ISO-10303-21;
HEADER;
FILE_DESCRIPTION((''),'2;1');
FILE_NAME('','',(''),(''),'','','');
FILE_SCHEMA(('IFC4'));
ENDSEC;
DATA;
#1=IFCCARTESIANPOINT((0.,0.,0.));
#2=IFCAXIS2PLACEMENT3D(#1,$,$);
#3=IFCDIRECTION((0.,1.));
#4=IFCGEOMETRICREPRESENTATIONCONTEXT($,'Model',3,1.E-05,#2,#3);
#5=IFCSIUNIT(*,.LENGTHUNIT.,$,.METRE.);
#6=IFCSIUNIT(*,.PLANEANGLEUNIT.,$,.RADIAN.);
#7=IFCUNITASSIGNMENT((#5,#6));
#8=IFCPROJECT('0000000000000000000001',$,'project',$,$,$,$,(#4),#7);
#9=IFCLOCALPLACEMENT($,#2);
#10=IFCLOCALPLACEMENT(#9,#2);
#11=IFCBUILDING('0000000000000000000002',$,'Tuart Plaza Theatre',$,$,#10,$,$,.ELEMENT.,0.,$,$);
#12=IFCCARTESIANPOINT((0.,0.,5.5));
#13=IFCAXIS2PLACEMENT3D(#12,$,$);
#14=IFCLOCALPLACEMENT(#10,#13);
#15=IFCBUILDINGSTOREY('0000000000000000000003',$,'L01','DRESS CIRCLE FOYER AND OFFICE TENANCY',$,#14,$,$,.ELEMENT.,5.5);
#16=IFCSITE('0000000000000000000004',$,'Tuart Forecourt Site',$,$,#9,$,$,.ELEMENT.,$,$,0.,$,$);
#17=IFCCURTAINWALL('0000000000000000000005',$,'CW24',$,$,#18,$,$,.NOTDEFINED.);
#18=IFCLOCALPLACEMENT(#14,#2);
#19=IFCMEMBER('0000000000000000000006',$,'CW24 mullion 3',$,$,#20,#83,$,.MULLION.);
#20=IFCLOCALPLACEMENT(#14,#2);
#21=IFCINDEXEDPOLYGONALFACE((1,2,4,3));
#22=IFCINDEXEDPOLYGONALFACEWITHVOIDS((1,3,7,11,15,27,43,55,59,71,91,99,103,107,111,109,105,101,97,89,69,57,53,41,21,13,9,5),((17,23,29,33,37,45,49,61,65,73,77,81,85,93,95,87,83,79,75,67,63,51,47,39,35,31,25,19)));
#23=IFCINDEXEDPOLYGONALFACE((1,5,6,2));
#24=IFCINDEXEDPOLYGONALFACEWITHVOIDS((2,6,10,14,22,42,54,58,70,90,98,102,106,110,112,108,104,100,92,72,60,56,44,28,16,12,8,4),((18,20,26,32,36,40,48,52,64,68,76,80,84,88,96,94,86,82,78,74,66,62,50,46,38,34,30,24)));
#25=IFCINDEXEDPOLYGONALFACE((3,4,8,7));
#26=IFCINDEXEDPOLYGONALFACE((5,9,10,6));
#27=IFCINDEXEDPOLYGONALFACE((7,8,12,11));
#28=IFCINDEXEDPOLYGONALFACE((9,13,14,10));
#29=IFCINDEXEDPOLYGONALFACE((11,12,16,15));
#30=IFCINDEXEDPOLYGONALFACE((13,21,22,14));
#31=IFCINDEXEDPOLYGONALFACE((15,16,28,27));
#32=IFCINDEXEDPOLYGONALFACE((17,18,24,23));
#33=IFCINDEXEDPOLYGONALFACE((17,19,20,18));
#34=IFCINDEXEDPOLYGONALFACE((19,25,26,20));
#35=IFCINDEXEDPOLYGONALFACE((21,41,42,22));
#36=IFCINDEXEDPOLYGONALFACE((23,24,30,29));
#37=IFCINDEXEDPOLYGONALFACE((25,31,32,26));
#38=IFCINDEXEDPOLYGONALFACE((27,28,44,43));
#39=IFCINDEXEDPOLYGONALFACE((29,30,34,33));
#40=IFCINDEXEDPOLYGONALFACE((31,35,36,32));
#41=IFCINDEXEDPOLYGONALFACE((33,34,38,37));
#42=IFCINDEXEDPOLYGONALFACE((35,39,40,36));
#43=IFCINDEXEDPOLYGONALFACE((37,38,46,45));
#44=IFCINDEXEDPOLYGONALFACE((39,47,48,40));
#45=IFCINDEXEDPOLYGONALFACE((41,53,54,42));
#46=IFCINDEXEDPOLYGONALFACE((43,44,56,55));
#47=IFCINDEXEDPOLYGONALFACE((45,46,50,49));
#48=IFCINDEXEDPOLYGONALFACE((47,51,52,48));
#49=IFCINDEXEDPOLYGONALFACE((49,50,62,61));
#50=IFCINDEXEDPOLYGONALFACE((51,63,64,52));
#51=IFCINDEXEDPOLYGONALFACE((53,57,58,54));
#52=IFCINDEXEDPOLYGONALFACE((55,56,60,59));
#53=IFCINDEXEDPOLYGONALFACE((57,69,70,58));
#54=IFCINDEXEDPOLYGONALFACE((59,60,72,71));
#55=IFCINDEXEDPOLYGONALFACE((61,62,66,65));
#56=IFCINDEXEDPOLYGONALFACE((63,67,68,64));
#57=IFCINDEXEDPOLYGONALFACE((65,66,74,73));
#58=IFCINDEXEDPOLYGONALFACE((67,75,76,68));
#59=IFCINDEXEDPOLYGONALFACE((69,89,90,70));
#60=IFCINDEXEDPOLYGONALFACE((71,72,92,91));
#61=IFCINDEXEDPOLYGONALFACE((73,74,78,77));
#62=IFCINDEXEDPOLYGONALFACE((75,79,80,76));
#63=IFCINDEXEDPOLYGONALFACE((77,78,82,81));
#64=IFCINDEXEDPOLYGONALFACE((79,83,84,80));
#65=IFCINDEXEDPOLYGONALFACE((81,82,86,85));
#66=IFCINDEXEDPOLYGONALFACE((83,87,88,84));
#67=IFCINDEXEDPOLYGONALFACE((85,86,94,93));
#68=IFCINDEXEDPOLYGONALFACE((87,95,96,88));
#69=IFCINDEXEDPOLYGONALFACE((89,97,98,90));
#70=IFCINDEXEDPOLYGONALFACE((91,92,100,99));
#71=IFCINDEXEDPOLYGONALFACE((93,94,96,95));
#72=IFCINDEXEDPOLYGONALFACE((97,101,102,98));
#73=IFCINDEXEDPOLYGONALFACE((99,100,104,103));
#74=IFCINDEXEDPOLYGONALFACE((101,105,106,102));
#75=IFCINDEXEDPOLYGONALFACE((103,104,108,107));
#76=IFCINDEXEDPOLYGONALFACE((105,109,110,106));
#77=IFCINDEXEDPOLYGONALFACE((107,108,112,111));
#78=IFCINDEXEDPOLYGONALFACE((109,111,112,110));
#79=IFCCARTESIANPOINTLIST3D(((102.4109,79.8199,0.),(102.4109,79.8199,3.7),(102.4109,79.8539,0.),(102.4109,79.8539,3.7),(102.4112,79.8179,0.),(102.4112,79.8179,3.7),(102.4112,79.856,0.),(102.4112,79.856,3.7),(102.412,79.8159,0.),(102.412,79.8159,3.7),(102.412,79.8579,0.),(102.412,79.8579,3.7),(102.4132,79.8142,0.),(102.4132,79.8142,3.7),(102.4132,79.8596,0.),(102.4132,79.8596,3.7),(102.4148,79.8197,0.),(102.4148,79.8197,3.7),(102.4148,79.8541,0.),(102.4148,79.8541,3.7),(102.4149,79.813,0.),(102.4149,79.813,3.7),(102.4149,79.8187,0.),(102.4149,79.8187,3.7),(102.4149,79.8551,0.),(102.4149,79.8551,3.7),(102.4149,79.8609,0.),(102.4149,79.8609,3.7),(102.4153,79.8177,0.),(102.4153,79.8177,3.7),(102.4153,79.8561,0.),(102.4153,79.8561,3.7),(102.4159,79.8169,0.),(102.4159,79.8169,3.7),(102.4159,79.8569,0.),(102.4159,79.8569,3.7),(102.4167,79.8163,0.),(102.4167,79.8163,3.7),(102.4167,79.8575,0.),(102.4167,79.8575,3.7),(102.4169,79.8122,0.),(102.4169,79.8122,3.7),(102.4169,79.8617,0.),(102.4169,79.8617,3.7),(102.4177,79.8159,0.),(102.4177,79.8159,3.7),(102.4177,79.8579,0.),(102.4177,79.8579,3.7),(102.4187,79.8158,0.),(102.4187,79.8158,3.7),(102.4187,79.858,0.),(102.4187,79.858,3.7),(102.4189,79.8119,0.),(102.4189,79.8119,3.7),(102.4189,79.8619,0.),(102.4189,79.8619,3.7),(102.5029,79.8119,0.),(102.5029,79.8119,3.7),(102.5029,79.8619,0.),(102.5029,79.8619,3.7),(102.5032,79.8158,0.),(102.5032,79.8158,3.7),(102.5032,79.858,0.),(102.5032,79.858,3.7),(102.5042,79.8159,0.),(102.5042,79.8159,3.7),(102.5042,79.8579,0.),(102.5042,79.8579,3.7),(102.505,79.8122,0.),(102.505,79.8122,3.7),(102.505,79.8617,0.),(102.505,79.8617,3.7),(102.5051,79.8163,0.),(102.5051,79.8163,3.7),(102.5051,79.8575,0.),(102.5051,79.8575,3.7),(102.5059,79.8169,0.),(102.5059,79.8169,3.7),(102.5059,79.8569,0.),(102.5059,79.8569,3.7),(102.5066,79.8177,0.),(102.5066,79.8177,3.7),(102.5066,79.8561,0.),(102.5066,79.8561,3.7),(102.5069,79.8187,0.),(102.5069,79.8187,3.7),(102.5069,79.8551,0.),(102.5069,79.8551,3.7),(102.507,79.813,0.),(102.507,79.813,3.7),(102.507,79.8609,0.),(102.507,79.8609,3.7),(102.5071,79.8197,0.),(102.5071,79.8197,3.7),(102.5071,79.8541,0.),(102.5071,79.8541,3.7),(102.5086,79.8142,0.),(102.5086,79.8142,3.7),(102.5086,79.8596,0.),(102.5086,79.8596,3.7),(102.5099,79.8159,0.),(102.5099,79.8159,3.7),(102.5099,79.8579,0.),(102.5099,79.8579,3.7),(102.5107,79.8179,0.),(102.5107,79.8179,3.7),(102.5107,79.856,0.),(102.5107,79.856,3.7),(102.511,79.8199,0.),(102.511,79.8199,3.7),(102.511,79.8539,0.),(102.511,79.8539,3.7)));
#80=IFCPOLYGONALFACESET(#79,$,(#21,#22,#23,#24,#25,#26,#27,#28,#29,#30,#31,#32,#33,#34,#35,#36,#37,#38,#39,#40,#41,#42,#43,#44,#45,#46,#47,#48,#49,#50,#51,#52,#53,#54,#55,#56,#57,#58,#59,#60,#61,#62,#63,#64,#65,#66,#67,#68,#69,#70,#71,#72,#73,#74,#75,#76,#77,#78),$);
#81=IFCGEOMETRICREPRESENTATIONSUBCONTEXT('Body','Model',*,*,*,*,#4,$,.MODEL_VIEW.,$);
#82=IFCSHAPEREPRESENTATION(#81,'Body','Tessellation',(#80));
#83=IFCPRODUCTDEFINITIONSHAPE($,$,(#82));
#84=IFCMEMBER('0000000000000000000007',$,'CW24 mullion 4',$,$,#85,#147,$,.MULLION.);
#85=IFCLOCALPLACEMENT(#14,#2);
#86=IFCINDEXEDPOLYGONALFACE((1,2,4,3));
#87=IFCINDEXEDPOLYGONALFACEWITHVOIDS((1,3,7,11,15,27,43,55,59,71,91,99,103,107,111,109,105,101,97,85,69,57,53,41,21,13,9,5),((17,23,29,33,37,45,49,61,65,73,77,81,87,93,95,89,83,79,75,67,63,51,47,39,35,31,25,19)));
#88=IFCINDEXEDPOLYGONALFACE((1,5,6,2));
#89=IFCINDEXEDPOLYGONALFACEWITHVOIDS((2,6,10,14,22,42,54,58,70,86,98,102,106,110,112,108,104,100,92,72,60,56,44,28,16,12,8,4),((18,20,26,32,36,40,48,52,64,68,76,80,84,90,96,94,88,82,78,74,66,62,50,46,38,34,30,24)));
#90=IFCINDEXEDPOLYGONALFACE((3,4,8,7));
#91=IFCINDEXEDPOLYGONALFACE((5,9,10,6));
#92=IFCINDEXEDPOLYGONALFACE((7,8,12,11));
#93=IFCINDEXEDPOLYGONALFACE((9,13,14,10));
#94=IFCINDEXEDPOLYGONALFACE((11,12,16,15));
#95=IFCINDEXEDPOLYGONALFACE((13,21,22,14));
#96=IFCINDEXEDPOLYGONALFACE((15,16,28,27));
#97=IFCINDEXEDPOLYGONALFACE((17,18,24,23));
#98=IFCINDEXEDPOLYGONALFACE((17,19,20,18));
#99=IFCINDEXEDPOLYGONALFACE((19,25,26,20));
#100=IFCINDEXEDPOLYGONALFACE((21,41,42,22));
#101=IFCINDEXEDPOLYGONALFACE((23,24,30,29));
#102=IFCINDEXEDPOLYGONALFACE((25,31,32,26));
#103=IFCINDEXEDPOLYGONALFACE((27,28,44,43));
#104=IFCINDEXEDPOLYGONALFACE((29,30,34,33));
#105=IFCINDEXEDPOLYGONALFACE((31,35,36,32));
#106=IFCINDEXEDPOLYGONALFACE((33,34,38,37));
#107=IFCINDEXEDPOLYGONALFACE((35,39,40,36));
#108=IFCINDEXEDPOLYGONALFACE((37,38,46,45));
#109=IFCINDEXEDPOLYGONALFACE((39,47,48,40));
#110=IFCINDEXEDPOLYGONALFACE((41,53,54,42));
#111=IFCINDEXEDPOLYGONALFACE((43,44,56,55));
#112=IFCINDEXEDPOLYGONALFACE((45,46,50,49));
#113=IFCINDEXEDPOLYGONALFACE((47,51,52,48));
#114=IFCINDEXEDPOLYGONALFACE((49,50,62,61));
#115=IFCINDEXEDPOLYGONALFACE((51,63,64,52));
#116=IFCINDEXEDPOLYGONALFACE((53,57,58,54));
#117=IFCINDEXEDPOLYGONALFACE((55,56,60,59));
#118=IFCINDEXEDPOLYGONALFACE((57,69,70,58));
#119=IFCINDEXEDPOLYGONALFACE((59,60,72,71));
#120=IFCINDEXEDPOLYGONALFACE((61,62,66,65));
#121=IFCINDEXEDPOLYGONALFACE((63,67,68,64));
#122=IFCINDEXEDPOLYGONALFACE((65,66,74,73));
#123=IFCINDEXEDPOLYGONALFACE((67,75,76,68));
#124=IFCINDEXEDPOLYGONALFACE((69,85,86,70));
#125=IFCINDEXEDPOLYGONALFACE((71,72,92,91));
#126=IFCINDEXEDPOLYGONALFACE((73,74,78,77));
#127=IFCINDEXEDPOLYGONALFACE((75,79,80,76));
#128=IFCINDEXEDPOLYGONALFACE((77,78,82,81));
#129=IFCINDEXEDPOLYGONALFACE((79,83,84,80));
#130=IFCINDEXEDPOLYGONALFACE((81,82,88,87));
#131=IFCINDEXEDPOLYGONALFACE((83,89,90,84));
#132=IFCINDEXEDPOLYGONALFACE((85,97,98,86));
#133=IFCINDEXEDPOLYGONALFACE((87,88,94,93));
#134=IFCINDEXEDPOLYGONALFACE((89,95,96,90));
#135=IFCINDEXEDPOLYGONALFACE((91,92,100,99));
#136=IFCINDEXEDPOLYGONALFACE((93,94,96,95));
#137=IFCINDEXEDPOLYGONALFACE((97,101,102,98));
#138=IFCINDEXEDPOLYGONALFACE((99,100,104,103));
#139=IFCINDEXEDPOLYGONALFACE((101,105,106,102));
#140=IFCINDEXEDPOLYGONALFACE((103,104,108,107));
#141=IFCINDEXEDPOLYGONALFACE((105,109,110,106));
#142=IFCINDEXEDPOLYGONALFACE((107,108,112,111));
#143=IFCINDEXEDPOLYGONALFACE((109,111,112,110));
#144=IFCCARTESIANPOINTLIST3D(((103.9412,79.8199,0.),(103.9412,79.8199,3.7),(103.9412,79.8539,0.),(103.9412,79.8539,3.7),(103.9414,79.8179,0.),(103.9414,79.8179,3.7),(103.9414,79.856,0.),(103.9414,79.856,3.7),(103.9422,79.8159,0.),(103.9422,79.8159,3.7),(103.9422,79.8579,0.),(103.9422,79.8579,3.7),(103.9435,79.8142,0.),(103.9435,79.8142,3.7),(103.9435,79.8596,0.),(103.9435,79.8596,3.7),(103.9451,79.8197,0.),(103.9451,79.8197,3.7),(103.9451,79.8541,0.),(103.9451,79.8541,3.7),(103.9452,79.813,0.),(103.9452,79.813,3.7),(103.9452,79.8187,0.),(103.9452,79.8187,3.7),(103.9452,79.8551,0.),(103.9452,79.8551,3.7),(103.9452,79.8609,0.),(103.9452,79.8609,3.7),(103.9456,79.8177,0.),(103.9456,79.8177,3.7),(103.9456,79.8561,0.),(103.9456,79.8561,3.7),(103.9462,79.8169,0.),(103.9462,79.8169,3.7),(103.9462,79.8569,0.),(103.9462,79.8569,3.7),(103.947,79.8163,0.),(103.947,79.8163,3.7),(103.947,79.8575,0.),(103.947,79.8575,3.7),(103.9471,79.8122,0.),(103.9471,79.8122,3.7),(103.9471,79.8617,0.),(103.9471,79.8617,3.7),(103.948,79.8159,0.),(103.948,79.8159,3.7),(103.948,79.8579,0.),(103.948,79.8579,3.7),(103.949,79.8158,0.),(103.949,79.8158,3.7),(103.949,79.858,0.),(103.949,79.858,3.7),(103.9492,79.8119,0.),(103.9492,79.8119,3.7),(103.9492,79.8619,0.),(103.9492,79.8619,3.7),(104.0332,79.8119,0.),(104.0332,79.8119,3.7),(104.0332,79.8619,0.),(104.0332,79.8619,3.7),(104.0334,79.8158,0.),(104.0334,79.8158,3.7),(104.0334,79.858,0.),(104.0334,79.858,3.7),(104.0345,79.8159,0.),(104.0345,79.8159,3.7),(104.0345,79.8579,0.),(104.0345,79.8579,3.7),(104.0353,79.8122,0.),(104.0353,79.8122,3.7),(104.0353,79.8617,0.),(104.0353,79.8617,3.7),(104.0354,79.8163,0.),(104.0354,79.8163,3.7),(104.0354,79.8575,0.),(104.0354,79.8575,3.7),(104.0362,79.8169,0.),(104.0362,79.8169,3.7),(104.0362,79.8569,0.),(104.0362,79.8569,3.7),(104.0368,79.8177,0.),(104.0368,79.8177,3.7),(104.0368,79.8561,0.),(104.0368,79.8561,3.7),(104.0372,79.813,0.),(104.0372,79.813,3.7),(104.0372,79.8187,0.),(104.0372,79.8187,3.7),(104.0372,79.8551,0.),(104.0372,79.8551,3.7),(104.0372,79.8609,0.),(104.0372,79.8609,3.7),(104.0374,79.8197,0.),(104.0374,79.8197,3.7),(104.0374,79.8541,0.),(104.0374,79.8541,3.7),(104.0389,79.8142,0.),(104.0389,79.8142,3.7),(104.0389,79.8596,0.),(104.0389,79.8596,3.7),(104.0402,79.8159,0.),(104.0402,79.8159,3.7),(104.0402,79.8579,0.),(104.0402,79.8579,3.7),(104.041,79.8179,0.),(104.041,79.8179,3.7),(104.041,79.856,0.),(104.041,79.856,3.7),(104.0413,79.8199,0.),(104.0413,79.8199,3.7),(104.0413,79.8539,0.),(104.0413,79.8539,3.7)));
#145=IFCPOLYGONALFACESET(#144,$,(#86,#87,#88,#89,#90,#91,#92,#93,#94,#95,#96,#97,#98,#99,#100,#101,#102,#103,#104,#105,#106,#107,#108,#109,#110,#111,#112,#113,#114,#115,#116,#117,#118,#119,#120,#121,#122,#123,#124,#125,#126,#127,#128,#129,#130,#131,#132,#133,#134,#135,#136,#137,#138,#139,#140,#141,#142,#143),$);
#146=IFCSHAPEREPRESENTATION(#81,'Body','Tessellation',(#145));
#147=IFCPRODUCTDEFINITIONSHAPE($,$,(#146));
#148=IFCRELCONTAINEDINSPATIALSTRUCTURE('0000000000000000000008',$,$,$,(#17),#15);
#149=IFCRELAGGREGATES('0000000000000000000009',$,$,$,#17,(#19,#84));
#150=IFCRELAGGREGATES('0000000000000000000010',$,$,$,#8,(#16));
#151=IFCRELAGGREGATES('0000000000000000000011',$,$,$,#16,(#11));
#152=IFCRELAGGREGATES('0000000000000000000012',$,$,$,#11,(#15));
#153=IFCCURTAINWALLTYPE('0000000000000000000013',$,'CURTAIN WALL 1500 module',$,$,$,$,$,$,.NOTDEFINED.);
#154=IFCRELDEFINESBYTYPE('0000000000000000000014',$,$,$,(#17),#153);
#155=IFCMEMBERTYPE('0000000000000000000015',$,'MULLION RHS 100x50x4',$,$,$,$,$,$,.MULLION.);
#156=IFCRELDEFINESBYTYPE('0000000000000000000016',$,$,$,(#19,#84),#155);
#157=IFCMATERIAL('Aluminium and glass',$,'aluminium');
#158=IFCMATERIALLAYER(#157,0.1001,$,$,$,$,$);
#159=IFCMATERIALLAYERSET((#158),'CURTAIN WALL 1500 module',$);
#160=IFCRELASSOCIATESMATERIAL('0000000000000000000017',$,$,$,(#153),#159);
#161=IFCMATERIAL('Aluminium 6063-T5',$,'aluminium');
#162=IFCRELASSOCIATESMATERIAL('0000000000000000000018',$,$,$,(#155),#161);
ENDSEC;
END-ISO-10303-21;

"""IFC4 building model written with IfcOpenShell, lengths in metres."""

from ifc_helpers import new_model, si_unit, direction, frame, origin, origin_2d, place, context, subcontext, project, spatial, hollow_rectangle, extrude, material, layer, layer_set, material_profile, profile_set, type_object, element, aggregate, save


model = new_model("IFC4")

# Units and contexts
model_context = context("Model", 3, precision=1e-05, world=origin(), true_north=direction((0.0, 1.0)))
body_context = subcontext(model_context, "Body", "Model", "MODEL_VIEW")
ifc_project = project(units=[si_unit("LENGTHUNIT", "METRE"), si_unit("PLANEANGLEUNIT", "RADIAN")], contexts=[model_context])

# Site, building, storey
site_placement = place(None, origin())
site = spatial("IfcSite", under=ifc_project, at=site_placement, Name="Tuart Forecourt Site", CompositionType="ELEMENT", RefElevation=0.0)
building_placement = place(site_placement, origin())
building = spatial("IfcBuilding", under=site, at=building_placement, Name="Tuart Plaza Theatre", CompositionType="ELEMENT", ElevationOfRefHeight=0.0)
storey_placement = place(building_placement, frame((0.0, 0.0, 5.5)))
storey = spatial("IfcBuildingStorey", under=building, at=storey_placement, Name="L01", Description="DRESS CIRCLE FOYER AND OFFICE TENANCY", CompositionType="ELEMENT", Elevation=5.5)

# Curtain wall, members
ifc_material_1 = material(Name="Aluminium and glass", Category="aluminium")
ifc_layer_1 = layer(ifc_material_1, 0.1001)
ifc_layer_set_1 = layer_set([ifc_layer_1], Name="CURTAIN WALL 1500 module")
curtain_wall_type = type_object("IfcCurtainWallType", Name="CURTAIN WALL 1500 module", PredefinedType="NOTDEFINED", material=ifc_layer_set_1)
curtain_wall_placement = place(storey_placement, origin())
curtain_wall = element("IfcCurtainWall", 1, at=curtain_wall_placement, inside=storey, type_object=curtain_wall_type, Name="CW24", PredefinedType="NOTDEFINED")
ifc_material_2 = material(Name="Aluminium 6063-T5", Category="aluminium")
ifc_material_profile_1 = material_profile(ifc_material_2, hollow_rectangle(XDim=0.05, YDim=0.1001, WallThickness=0.0039, InnerFilletRadius=0.0039, OuterFilletRadius=0.0081, at=origin_2d()), Name="RHS 100x50x4")
ifc_profile_set_1 = profile_set([ifc_material_profile_1], Name="Aluminium 6063-T5")
member_type_1 = type_object("IfcMemberType", Name="MULLION RHS 100x50x4", PredefinedType="MULLION", material=ifc_profile_set_1)
member_1_placement = place(storey_placement, frame((102.4609, 79.8369, 0.0), z_axis=(0.0, 0.0, 1.0), x_axis=(0.0, 1.0, 0.0)))
member_1 = element("IfcMember", 2, at=member_1_placement, type_object=member_type_1, Name="CW24 mullion 3", PredefinedType="MULLION", context=body_context, shape_type="SweptSolid", body=[
    extrude(hollow_rectangle(XDim=0.05, YDim=0.1001, WallThickness=0.0039, InnerFilletRadius=0.0039, OuterFilletRadius=0.0081, at=origin_2d()), origin(), (0.0, 0.0, 1.0), 3.7),
])
member_2_placement = place(storey_placement, frame((103.9912, 79.8369, 0.0), z_axis=(0.0, 0.0, 1.0), x_axis=(0.0, 1.0, 0.0)))
member_2 = element("IfcMember", 3, at=member_2_placement, type_object=member_type_1, Name="CW24 mullion 4", PredefinedType="MULLION", context=body_context, shape_type="SweptSolid", body=[
    extrude(hollow_rectangle(XDim=0.05, YDim=0.1001, WallThickness=0.0039, InnerFilletRadius=0.0039, OuterFilletRadius=0.0081, at=origin_2d()), origin(), (0.0, 0.0, 1.0), 3.7),
])
aggregate(curtain_wall, [member_1, member_2])

save(model, "model.ifc")
